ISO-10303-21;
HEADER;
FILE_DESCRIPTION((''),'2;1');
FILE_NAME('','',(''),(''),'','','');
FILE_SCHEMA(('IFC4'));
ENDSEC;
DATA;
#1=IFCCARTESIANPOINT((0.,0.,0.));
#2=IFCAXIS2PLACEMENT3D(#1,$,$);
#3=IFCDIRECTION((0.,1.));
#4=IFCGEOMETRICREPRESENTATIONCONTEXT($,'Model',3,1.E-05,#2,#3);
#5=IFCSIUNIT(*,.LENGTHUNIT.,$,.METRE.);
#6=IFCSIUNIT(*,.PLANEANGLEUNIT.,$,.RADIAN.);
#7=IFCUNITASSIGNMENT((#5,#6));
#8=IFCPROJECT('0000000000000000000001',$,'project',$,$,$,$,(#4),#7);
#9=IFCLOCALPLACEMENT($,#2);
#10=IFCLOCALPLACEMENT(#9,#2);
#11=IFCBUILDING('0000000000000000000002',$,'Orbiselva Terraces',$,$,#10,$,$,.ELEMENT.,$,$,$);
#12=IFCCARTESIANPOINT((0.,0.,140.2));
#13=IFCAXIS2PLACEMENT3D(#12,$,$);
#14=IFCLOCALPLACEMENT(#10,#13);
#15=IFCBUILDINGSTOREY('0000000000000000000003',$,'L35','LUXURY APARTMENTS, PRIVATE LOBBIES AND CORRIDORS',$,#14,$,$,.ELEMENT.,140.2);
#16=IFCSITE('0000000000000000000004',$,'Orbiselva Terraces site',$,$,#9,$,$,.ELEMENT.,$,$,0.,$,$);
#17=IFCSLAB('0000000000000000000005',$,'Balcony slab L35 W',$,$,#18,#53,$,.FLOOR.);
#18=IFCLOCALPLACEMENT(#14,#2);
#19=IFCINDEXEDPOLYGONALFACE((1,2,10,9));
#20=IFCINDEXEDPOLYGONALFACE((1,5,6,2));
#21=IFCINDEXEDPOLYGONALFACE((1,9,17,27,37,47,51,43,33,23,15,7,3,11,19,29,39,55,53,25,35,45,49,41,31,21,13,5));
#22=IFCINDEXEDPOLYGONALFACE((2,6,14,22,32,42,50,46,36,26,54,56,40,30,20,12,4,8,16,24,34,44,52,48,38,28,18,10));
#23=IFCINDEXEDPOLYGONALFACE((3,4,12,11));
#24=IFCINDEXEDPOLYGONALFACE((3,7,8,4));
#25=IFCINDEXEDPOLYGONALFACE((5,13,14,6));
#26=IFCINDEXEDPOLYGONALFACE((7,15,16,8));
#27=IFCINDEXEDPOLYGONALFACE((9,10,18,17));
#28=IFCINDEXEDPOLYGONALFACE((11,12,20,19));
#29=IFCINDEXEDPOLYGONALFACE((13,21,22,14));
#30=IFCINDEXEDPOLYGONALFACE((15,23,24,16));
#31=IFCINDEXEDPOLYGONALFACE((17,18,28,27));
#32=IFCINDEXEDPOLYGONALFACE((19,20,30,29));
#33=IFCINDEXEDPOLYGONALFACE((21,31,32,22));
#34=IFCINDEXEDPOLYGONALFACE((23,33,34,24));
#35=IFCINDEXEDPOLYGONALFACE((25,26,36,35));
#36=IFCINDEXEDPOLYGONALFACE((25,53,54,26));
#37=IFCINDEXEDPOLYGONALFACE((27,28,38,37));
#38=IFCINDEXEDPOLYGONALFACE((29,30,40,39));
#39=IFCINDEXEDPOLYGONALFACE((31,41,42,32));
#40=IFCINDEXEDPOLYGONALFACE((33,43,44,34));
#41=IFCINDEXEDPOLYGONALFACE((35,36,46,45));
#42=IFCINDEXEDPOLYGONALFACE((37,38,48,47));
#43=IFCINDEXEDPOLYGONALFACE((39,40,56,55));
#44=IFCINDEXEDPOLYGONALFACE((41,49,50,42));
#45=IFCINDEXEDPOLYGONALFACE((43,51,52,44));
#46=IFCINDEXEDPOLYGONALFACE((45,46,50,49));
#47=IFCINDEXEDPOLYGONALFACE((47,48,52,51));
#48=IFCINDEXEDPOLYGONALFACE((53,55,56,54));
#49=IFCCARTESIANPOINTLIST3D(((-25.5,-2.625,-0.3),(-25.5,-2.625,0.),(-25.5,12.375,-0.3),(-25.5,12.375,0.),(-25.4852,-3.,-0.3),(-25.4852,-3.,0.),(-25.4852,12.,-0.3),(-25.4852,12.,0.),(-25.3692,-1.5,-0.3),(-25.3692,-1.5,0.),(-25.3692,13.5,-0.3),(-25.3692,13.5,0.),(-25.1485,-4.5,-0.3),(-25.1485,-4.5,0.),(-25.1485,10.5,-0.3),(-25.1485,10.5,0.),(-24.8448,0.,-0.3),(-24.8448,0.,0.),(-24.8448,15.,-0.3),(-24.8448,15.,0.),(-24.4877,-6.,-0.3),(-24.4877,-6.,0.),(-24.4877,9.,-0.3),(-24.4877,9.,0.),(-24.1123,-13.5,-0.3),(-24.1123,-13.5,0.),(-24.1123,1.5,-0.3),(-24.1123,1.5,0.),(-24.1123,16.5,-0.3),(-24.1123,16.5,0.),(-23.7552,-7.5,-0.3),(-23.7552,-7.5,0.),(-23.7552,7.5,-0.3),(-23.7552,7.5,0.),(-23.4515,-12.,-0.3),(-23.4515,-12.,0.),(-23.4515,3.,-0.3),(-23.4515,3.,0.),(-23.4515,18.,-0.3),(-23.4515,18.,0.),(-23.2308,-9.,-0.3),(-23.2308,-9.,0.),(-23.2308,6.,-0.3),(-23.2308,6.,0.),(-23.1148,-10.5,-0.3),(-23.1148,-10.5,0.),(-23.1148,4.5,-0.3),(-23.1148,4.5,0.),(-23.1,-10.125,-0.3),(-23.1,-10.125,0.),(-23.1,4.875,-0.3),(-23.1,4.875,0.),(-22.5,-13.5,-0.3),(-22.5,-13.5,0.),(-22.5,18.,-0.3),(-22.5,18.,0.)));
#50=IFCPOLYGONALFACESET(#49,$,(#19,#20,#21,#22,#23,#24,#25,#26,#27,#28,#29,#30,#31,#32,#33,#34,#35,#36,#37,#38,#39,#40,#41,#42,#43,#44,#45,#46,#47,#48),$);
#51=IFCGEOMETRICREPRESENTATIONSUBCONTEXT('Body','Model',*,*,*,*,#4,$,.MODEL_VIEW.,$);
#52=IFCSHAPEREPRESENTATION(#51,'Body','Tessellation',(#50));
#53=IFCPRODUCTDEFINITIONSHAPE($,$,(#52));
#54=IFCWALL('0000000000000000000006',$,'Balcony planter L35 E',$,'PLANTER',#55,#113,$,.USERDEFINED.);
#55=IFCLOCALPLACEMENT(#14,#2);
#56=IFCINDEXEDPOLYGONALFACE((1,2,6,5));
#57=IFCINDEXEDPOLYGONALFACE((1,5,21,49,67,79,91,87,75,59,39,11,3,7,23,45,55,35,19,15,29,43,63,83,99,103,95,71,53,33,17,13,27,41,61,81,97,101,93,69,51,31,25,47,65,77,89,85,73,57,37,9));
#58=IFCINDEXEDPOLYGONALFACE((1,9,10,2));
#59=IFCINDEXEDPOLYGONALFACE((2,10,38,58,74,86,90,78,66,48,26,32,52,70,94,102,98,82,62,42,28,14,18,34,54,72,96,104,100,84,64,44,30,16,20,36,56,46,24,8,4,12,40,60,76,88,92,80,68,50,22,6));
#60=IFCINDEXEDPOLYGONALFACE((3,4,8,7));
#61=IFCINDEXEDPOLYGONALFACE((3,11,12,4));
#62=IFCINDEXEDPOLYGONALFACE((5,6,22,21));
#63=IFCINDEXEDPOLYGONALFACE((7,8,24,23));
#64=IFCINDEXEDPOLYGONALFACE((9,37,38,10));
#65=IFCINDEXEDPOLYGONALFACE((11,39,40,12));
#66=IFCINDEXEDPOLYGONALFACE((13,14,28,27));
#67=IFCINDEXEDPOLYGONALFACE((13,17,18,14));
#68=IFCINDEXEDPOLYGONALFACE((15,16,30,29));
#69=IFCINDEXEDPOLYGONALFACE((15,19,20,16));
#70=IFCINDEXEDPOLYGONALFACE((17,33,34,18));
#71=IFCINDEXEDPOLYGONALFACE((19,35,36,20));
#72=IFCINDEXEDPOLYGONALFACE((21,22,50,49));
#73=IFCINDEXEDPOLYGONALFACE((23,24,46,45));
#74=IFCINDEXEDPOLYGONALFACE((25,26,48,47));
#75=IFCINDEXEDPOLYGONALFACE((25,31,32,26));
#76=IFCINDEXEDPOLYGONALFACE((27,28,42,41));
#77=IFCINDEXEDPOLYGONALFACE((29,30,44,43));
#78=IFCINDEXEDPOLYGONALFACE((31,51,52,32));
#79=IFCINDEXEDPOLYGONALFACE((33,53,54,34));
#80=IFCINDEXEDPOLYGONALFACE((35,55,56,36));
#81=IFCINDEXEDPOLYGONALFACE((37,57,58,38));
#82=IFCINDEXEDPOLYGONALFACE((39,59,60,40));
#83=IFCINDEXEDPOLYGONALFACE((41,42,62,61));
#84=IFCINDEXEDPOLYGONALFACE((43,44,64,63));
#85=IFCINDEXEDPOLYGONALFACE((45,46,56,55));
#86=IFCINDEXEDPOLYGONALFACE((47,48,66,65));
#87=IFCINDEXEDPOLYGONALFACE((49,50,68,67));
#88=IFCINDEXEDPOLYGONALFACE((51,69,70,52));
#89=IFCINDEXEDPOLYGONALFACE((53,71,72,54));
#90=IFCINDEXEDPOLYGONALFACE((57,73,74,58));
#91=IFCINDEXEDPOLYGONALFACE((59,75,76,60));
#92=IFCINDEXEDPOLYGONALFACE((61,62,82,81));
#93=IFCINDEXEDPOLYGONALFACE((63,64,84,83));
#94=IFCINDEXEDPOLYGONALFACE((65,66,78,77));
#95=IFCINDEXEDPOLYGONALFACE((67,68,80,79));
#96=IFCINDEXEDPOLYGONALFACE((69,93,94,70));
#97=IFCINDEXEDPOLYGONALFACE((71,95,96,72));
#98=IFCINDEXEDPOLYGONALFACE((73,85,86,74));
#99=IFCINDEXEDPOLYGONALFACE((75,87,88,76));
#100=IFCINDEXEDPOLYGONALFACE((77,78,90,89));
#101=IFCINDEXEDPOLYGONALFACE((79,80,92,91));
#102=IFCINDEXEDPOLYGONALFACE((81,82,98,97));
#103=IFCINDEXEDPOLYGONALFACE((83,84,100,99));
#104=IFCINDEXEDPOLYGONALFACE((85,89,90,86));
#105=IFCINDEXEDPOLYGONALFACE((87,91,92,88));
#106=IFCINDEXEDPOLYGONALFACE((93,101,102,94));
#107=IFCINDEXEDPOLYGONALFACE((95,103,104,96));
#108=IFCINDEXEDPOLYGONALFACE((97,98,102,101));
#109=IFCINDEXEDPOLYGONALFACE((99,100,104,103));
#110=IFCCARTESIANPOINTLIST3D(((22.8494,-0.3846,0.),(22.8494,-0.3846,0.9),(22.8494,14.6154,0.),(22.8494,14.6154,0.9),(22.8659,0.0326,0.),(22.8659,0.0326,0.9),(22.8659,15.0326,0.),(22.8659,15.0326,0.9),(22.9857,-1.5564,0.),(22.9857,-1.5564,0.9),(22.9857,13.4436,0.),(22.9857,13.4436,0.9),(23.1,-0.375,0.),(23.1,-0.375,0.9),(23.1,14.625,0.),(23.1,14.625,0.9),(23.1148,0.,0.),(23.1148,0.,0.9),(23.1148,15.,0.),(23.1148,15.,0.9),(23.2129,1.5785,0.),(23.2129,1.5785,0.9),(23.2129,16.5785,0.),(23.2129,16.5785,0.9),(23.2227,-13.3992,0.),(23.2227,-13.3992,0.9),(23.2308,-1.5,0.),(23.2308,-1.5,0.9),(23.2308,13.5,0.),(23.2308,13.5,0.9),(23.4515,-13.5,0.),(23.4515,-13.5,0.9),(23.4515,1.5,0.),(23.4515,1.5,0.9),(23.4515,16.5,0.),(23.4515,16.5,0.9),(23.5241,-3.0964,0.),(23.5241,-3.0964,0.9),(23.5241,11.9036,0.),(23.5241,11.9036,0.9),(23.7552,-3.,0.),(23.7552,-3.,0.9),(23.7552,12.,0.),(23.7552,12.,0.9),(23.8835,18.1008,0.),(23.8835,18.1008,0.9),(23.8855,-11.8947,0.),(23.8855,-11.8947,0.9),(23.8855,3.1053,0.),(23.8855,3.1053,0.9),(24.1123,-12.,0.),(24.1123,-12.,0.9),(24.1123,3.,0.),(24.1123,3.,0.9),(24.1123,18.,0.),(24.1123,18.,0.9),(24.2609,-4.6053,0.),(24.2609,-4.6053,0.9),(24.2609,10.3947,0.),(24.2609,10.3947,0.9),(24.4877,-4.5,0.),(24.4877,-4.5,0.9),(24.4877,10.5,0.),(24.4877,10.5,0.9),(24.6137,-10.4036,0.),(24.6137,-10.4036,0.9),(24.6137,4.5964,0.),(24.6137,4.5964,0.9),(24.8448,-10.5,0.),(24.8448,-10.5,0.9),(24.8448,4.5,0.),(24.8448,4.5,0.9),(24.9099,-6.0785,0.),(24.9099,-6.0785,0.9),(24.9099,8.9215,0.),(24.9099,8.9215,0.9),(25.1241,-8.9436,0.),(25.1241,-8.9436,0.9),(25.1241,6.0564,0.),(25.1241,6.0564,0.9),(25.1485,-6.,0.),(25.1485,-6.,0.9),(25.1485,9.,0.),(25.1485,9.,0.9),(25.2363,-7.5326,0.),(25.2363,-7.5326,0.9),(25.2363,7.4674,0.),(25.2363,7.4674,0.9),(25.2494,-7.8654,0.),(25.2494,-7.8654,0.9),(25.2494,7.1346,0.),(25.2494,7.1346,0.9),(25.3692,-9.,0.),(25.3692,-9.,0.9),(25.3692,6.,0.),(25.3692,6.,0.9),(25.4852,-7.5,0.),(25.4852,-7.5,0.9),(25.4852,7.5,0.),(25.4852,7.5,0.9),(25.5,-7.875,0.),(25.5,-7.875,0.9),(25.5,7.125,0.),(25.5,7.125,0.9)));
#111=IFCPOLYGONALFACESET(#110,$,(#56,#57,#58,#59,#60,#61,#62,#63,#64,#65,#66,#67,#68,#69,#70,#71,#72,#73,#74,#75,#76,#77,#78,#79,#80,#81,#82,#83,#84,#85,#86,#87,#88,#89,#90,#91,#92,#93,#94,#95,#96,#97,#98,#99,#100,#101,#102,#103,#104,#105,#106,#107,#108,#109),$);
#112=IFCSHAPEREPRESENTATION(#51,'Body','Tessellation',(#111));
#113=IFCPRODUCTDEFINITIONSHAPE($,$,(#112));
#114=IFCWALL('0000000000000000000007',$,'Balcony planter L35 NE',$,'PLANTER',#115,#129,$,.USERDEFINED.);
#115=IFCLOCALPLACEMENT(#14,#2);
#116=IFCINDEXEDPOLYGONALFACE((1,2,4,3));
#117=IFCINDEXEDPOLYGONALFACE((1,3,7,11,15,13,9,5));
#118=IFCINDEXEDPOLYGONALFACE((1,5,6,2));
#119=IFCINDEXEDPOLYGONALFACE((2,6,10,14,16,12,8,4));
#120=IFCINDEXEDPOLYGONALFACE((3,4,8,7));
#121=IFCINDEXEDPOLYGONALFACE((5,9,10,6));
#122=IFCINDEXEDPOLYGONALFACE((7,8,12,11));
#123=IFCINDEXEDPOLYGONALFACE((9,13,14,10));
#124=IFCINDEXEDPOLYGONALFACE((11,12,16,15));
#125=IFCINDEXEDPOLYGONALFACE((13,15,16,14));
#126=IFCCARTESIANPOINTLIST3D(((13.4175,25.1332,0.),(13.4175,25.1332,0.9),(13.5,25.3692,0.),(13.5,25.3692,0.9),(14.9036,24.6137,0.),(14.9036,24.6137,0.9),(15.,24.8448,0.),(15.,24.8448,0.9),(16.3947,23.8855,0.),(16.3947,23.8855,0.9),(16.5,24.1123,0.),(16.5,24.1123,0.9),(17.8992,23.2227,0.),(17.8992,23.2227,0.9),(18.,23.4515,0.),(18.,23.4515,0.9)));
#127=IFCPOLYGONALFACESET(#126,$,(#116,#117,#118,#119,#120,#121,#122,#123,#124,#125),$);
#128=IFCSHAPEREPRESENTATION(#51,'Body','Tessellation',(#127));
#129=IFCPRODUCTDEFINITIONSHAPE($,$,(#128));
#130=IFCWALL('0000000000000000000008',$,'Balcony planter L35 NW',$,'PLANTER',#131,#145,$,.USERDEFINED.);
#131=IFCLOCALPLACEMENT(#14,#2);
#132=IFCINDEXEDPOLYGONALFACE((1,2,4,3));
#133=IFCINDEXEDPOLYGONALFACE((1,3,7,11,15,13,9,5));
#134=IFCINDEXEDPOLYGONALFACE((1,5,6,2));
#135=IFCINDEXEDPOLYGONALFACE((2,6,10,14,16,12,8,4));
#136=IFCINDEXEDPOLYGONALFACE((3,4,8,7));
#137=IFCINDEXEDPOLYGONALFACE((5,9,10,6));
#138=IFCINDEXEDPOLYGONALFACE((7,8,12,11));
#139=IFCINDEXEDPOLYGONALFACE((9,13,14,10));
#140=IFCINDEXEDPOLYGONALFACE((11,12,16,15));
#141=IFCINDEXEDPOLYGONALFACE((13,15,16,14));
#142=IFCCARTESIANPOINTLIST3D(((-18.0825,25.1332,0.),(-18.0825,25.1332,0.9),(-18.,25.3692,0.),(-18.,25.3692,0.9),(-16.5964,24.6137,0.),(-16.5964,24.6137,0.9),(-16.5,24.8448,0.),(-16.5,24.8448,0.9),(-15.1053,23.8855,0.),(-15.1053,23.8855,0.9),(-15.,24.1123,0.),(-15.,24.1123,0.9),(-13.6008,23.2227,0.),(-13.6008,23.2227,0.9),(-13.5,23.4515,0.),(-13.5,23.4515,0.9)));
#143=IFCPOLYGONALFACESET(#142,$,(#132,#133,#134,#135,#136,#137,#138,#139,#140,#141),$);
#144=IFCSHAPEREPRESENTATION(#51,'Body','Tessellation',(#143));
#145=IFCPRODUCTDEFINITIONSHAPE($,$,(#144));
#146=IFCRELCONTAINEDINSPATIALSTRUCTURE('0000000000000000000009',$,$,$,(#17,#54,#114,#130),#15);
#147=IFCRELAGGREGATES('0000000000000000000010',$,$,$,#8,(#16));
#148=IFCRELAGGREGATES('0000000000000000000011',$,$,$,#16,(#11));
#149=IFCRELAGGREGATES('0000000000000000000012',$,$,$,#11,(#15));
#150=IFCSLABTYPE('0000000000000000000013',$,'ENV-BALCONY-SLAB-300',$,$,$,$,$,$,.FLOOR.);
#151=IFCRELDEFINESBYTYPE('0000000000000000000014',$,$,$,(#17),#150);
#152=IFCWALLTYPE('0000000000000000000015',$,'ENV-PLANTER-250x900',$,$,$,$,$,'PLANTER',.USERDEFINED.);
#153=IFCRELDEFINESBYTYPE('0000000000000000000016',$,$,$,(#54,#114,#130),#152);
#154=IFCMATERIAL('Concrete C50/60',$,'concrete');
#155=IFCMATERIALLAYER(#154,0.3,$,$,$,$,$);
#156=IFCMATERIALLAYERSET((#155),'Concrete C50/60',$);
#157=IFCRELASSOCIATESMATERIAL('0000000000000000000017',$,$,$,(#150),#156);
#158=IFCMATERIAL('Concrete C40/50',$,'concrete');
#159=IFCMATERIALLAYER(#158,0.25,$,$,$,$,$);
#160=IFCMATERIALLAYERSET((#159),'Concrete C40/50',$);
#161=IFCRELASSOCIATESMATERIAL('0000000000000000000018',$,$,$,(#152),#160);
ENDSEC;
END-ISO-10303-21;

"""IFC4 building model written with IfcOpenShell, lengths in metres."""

from ifc_helpers import new_model, si_unit, direction, frame, origin, place, context, subcontext, project, spatial, polyline, outline, extrude, material, layer, layer_set, type_object, element, save


model = new_model("IFC4")

# Units and contexts
model_context = context("Model", 3, precision=1e-05, world=origin(), true_north=direction((0.0, 1.0)))
body_context = subcontext(model_context, "Body", "Model", "MODEL_VIEW")
ifc_project = project(units=[si_unit("LENGTHUNIT", "METRE"), si_unit("PLANEANGLEUNIT", "RADIAN")], contexts=[model_context])

# Site, building, storey
site_placement = place(None, origin())
site = spatial("IfcSite", under=ifc_project, at=site_placement, Name="Orbiselva Terraces site", CompositionType="ELEMENT", RefElevation=0.0)
building_placement = place(site_placement, origin())
building = spatial("IfcBuilding", under=site, at=building_placement, Name="Orbiselva Terraces", CompositionType="ELEMENT")
storey_placement = place(building_placement, frame((0.0, 0.0, 140.2)))
storey = spatial("IfcBuildingStorey", under=building, at=storey_placement, Name="L35", Description="LUXURY APARTMENTS, PRIVATE LOBBIES AND CORRIDORS", CompositionType="ELEMENT", Elevation=140.2)

# Shared definitions
ifc_material_1 = material(Name="Concrete C40/50", Category="concrete")

# Slab
ifc_material_2 = material(Name="Concrete C50/60", Category="concrete")
ifc_layer_1 = layer(ifc_material_2, 0.3)
ifc_layer_set_1 = layer_set([ifc_layer_1], Name="Concrete C50/60")
slab_type_1 = type_object("IfcSlabType", Name="ENV-BALCONY-SLAB-300", PredefinedType="FLOOR", material=ifc_layer_set_1)
slab_1_placement = place(storey_placement, frame((0.0, 0.0, -0.3)))
element("IfcSlab", 1, at=slab_1_placement, inside=storey, type_object=slab_type_1, Name="Balcony slab L35 W", PredefinedType="FLOOR", context=body_context, shape_type="SweptSolid", body=[
    extrude(outline(polyline([(-23.4515, 18.0), (-24.1123, 16.5), (-24.8448, 15.0), (-25.3692, 13.5), (-25.5, 12.375), (-25.4852, 12.0), (-25.1485, 10.5), (-24.4877, 9.0), (-23.7552, 7.5), (-23.2308, 6.0), (-23.1, 4.875), (-23.1148, 4.5), (-23.4515, 3.0), (-24.1123, 1.5), (-24.8448, 0.0), (-25.3692, -1.5), (-25.5, -2.625), (-25.4852, -3.0), (-25.1485, -4.5), (-24.4877, -6.0), (-23.7552, -7.5), (-23.2308, -9.0), (-23.1, -10.125), (-23.1148, -10.5), (-23.4515, -12.0), (-24.1123, -13.5), (-22.5, -13.5), (-22.5, 18.0), (-23.4515, 18.0)])), origin(), (0.0, 0.0, 1.0), 0.3),
])

# Walls
ifc_layer_2 = layer(ifc_material_1, 0.25)
ifc_layer_set_2 = layer_set([ifc_layer_2], Name="Concrete C40/50")
wall_type_1 = type_object("IfcWallType", Name="ENV-PLANTER-250x900", ElementType="PLANTER", PredefinedType="USERDEFINED", material=ifc_layer_set_2)
wall_1_placement = place(storey_placement, origin())
element("IfcWall", 2, at=wall_1_placement, inside=storey, type_object=wall_type_1, Name="Balcony planter L35 E", ObjectType="PLANTER", PredefinedType="USERDEFINED", context=body_context, shape_type="SweptSolid", body=[
    extrude(outline(polyline([(23.4515, -13.5), (24.1123, -12.0), (24.8448, -10.5), (25.3692, -9.0), (25.5, -7.875), (25.4852, -7.5), (25.1485, -6.0), (24.4877, -4.5), (23.7552, -3.0), (23.2308, -1.5), (23.1, -0.375), (23.1148, 0.0), (23.4515, 1.5), (24.1123, 3.0), (24.8448, 4.5), (25.3692, 6.0), (25.5, 7.125), (25.4852, 7.5), (25.1485, 9.0), (24.4877, 10.5), (23.7552, 12.0), (23.2308, 13.5), (23.1, 14.625), (23.1148, 15.0), (23.4515, 16.5), (24.1123, 18.0), (23.8835, 18.1008), (23.2129, 16.5785), (22.8659, 15.0326), (22.8494, 14.6154), (22.9857, 13.4436), (23.5241, 11.9036), (24.2609, 10.3947), (24.9099, 8.9215), (25.2363, 7.4674), (25.2494, 7.1346), (25.1241, 6.0564), (24.6137, 4.5964), (23.8855, 3.1053), (23.2129, 1.5785), (22.8659, 0.0326), (22.8494, -0.3846), (22.9857, -1.5564), (23.5241, -3.0964), (24.2609, -4.6053), (24.9099, -6.0785), (25.2363, -7.5326), (25.2494, -7.8654), (25.1241, -8.9436), (24.6137, -10.4036), (23.8855, -11.8947), (23.2227, -13.3992), (23.4515, -13.5)])), origin(), (0.0, 0.0, 1.0), 0.9),
])
wall_2_placement = place(storey_placement, origin())
element("IfcWall", 3, at=wall_2_placement, inside=storey, type_object=wall_type_1, Name="Balcony planter L35 NE", ObjectType="PLANTER", PredefinedType="USERDEFINED", context=body_context, shape_type="SweptSolid", body=[
    extrude(outline(polyline([(18.0, 23.4515), (16.5, 24.1123), (15.0, 24.8448), (13.5, 25.3692), (13.4175, 25.1332), (14.9036, 24.6137), (16.3947, 23.8855), (17.8992, 23.2227), (18.0, 23.4515)])), origin(), (0.0, 0.0, 1.0), 0.9),
])
wall_3_placement = place(storey_placement, origin())
element("IfcWall", 4, at=wall_3_placement, inside=storey, type_object=wall_type_1, Name="Balcony planter L35 NW", ObjectType="PLANTER", PredefinedType="USERDEFINED", context=body_context, shape_type="SweptSolid", body=[
    extrude(outline(polyline([(-13.5, 23.4515), (-15.0, 24.1123), (-16.5, 24.8448), (-18.0, 25.3692), (-18.0825, 25.1332), (-16.5964, 24.6137), (-15.1053, 23.8855), (-13.6008, 23.2227), (-13.5, 23.4515)])), origin(), (0.0, 0.0, 1.0), 0.9),
])

save(model, "model.ifc")
